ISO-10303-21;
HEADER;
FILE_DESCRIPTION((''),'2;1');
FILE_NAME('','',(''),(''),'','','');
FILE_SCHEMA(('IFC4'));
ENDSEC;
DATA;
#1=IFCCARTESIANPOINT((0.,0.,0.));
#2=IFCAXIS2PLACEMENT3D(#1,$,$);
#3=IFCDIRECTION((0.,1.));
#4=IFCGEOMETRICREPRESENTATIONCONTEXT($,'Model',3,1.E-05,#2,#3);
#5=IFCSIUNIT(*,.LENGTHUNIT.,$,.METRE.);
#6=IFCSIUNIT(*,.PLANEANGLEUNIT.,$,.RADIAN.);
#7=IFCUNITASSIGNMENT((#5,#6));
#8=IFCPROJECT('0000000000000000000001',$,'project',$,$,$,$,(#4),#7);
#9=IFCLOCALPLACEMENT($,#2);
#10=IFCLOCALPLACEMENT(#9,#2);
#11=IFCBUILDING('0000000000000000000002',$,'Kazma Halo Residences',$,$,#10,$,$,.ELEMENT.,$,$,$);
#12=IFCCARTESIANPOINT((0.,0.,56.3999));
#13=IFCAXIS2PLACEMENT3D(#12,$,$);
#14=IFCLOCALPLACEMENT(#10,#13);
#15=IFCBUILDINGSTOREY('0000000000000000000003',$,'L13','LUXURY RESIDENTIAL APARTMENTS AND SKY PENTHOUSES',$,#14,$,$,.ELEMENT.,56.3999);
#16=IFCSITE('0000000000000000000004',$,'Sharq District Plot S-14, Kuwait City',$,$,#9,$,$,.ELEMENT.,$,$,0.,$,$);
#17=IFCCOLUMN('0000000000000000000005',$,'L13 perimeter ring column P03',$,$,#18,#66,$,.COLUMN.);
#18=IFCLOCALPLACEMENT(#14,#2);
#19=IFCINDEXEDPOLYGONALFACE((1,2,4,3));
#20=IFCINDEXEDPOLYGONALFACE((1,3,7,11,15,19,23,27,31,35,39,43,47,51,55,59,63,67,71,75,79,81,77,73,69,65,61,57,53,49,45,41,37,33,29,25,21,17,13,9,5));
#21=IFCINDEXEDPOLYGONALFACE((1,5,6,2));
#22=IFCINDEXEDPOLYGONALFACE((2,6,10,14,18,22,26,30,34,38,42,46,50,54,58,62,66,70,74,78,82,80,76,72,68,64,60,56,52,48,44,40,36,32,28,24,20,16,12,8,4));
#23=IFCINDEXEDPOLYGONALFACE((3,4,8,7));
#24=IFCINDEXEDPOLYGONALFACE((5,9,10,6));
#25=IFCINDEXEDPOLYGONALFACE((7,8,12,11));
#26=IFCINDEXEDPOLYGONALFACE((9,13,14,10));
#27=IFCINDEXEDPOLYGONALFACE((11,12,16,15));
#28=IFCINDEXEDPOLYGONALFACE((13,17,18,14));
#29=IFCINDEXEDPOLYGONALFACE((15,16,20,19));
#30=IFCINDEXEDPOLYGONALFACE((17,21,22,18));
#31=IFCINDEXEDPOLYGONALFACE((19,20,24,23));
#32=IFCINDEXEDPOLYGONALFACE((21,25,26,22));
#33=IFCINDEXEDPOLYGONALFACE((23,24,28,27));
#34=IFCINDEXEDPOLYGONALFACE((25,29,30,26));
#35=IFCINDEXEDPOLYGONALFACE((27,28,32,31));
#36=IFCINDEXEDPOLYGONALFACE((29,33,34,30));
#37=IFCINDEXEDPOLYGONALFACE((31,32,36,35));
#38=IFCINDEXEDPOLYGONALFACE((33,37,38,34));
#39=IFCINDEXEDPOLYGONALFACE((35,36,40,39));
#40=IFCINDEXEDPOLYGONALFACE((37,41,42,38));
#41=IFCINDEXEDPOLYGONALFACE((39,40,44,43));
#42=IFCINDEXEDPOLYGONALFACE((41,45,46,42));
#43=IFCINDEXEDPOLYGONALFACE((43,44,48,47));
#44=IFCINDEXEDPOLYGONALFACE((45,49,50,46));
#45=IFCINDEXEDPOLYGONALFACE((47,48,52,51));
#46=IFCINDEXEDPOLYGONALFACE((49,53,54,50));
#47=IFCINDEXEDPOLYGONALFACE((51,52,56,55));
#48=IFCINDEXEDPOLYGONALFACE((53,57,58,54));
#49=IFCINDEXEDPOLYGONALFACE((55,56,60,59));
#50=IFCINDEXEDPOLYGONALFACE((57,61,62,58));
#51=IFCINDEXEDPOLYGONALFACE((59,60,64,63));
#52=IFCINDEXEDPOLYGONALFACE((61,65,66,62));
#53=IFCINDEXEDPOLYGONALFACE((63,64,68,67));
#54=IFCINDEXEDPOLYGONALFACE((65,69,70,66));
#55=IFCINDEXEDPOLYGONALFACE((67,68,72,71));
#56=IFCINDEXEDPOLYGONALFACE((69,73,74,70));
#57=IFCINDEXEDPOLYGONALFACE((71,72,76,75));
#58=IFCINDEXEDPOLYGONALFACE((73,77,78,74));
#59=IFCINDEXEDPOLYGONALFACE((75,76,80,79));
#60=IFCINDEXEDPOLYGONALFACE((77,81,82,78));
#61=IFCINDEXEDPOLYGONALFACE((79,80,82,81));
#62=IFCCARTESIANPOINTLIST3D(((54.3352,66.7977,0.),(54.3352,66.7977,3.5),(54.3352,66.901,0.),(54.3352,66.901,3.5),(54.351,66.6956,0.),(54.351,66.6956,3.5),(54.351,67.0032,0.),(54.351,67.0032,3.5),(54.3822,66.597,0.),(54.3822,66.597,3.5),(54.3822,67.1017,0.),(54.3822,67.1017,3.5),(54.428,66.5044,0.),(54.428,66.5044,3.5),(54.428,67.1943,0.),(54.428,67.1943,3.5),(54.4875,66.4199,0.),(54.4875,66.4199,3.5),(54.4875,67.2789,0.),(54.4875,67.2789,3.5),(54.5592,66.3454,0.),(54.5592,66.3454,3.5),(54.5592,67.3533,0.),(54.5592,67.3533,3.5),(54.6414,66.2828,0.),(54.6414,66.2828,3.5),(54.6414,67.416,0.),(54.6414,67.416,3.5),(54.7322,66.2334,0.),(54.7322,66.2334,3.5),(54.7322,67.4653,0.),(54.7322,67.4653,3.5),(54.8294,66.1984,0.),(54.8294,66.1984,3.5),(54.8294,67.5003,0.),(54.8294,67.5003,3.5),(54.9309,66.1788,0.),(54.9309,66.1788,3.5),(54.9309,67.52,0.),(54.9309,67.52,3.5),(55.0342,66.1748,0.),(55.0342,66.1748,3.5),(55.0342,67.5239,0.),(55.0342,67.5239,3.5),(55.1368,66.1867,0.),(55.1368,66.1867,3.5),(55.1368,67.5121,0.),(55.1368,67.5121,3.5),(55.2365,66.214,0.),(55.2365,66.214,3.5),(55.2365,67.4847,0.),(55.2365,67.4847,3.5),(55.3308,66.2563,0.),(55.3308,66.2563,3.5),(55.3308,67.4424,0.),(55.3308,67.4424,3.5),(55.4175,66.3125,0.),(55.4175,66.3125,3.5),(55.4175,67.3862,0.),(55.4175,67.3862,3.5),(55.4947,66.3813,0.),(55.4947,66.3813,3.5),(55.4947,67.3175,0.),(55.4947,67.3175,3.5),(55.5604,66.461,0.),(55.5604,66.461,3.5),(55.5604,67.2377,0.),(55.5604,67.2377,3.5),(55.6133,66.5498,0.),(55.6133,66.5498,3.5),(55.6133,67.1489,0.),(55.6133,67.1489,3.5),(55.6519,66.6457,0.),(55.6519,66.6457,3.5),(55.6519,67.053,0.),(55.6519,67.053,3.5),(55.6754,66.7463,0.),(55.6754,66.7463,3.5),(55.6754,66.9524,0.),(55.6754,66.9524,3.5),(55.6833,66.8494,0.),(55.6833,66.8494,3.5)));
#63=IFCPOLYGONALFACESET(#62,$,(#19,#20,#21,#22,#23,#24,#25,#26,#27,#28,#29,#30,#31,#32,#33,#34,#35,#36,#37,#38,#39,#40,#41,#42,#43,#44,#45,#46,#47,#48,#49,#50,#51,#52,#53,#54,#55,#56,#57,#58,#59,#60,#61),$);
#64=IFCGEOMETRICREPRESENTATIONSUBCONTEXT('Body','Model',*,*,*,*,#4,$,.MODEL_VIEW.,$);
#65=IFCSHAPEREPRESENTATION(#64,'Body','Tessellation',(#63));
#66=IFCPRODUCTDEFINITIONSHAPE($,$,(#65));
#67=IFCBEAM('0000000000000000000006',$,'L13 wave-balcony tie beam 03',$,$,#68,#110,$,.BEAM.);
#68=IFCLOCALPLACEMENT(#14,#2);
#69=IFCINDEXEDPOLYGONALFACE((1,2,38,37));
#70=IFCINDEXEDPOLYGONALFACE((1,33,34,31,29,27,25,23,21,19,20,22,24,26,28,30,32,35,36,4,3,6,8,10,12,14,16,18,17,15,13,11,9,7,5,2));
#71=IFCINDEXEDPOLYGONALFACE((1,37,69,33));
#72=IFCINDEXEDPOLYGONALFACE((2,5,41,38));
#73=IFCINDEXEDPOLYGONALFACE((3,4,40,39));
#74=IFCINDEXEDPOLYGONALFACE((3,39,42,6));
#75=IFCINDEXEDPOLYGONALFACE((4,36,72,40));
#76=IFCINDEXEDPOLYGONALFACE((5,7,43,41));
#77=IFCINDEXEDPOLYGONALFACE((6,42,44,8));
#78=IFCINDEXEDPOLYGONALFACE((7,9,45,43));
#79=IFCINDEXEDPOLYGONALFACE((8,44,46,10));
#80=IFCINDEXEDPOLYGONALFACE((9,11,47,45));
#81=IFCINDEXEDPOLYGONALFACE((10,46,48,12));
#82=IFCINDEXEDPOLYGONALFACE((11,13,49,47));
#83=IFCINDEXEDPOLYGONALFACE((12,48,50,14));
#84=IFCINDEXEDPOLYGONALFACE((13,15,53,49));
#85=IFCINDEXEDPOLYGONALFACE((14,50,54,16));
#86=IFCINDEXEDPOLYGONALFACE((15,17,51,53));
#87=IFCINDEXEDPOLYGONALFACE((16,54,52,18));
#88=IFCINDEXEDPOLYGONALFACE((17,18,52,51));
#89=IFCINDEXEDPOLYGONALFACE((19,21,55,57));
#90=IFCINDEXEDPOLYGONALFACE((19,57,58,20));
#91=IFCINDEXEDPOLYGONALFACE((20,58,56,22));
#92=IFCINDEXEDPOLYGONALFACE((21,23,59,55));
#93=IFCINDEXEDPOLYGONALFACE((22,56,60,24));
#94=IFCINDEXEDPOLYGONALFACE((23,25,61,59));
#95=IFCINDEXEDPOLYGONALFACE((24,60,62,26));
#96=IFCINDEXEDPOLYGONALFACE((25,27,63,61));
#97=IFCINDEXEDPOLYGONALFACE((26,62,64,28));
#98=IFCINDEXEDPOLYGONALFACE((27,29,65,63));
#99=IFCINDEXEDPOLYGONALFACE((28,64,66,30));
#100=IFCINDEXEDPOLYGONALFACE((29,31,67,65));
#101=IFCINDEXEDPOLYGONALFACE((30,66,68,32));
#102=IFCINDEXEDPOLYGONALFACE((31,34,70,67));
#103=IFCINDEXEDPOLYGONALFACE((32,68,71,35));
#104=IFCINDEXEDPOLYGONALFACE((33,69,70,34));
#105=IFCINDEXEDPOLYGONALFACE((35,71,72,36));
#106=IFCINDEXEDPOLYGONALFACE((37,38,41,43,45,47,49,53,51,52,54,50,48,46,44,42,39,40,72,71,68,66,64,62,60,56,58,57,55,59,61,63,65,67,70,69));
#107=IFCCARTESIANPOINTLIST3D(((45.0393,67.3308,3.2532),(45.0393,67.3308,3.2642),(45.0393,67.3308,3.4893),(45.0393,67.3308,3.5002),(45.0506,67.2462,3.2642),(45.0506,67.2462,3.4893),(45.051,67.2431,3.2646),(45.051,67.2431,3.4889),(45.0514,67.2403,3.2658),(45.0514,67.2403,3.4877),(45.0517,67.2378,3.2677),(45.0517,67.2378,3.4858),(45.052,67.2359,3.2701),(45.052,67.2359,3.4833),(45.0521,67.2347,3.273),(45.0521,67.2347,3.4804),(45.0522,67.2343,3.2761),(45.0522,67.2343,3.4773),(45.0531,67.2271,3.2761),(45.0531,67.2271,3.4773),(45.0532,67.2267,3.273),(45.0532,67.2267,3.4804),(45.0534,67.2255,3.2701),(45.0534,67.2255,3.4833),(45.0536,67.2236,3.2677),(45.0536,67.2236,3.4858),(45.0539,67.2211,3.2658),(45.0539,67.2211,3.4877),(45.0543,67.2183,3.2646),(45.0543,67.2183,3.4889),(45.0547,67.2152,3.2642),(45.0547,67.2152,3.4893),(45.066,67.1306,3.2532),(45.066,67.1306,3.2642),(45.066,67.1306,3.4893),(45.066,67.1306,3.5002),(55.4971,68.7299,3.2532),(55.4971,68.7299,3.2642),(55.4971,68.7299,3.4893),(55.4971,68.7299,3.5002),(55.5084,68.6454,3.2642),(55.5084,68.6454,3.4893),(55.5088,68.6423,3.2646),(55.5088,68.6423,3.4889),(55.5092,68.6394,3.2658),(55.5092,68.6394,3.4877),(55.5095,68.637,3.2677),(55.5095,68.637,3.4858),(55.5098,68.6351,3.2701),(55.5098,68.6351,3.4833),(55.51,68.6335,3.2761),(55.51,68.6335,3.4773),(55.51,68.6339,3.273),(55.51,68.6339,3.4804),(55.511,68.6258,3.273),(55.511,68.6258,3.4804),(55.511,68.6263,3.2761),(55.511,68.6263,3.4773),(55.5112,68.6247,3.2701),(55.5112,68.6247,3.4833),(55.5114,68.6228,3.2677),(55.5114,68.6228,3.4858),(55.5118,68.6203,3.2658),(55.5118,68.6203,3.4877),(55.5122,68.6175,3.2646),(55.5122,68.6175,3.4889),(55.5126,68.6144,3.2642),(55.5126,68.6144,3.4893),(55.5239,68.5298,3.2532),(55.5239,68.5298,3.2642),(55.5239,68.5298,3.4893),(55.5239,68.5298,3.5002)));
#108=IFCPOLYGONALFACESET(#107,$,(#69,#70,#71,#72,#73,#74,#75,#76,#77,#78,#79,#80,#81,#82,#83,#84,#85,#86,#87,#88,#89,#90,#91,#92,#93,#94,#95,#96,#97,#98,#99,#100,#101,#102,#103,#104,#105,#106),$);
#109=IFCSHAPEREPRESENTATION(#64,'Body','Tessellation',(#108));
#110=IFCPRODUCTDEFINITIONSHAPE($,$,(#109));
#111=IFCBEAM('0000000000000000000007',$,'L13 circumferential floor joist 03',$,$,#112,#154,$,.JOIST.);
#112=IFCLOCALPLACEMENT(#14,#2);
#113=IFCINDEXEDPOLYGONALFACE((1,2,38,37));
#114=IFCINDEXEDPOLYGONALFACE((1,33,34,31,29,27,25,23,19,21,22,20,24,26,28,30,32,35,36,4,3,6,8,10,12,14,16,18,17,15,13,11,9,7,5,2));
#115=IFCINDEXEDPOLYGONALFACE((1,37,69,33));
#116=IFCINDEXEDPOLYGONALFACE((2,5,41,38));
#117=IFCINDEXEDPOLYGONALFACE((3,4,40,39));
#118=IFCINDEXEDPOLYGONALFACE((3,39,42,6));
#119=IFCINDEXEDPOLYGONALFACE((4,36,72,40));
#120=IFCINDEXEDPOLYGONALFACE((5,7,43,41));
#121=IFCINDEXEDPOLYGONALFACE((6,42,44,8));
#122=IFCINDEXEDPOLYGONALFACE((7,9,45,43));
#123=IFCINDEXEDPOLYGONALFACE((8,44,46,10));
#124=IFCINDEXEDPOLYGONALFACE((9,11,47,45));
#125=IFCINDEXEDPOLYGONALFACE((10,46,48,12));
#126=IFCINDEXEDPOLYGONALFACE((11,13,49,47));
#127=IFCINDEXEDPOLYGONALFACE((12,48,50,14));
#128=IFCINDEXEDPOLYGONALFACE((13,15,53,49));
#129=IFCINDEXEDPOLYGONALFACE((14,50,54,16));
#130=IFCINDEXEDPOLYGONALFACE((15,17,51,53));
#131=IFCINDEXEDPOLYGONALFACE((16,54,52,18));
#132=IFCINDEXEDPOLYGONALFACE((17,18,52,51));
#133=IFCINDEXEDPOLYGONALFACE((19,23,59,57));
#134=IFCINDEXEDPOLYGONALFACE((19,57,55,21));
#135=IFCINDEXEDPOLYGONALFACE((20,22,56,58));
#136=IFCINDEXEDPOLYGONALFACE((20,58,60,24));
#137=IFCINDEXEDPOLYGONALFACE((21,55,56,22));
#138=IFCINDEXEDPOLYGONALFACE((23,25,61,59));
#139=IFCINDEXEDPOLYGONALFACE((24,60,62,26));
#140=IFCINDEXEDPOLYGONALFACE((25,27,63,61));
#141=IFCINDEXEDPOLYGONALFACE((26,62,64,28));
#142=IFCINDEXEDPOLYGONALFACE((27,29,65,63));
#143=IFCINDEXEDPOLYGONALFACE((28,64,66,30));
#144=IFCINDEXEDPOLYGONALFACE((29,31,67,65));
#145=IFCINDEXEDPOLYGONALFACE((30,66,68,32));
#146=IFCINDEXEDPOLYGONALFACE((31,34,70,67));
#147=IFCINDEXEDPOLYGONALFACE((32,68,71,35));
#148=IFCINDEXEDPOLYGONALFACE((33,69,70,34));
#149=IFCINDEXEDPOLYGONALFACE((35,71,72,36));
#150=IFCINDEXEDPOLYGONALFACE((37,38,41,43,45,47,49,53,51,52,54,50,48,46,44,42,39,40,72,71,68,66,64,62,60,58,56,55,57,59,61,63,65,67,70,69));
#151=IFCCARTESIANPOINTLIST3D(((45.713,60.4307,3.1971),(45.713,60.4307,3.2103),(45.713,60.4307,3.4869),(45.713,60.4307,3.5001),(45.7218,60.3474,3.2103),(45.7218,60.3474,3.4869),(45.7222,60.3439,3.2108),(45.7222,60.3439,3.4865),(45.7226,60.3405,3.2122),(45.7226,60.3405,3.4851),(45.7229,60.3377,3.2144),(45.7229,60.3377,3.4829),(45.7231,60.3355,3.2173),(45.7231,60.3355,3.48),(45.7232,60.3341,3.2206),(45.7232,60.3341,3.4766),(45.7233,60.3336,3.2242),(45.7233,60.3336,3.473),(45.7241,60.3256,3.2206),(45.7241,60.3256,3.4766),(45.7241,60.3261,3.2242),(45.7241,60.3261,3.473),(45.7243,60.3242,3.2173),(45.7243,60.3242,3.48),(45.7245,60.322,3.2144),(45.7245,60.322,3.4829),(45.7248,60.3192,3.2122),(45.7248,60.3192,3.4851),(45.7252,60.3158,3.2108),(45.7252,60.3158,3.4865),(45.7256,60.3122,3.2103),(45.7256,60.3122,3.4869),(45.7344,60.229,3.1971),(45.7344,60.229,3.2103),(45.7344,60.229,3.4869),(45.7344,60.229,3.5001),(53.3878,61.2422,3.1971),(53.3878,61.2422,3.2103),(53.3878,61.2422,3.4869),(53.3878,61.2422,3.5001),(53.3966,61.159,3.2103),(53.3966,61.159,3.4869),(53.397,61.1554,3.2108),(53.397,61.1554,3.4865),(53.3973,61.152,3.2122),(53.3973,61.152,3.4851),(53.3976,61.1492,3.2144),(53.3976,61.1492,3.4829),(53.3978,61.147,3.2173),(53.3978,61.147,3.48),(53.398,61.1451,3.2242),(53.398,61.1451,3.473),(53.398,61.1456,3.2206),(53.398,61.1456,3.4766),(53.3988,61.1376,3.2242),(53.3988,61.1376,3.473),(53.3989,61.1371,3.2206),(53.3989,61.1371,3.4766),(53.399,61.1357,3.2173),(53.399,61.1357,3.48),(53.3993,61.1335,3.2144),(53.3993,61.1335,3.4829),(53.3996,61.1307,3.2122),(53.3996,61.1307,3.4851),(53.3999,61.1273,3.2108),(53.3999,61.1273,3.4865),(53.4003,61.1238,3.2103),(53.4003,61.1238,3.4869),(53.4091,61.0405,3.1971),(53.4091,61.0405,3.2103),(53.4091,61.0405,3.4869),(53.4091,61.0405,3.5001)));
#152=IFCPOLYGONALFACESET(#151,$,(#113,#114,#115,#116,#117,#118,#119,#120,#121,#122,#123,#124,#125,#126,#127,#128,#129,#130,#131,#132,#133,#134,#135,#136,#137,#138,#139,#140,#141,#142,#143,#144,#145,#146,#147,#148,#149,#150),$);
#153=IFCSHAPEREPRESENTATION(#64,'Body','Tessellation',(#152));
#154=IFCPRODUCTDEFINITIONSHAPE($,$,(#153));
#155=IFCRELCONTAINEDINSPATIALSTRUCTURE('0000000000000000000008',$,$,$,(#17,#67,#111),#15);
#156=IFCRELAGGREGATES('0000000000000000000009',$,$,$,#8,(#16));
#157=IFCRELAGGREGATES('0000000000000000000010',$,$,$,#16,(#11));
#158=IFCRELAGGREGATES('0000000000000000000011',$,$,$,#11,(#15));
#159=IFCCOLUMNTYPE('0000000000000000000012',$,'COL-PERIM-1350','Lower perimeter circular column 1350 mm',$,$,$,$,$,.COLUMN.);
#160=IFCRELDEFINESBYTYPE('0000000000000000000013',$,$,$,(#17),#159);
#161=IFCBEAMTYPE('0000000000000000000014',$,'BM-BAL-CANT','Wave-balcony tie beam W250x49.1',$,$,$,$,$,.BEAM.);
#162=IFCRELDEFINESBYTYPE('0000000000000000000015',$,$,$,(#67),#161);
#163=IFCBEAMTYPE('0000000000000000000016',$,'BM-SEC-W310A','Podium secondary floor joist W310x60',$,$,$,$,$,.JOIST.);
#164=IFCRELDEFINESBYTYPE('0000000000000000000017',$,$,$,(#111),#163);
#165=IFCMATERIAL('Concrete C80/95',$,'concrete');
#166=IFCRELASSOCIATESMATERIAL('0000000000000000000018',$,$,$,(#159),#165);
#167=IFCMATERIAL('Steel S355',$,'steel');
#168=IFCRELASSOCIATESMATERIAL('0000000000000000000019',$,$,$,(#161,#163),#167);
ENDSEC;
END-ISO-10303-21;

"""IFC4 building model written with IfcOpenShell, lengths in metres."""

from ifc_helpers import new_model, si_unit, direction, frame, origin, origin_2d, place, context, subcontext, project, spatial, circle, i_section, extrude, material, material_profile, profile_set, type_object, element, save


model = new_model("IFC4")

# Units and contexts
model_context = context("Model", 3, precision=1e-05, world=origin(), true_north=direction((0.0, 1.0)))
body_context = subcontext(model_context, "Body", "Model", "MODEL_VIEW")
ifc_project = project(units=[si_unit("LENGTHUNIT", "METRE"), si_unit("PLANEANGLEUNIT", "RADIAN")], contexts=[model_context])

# Site, building, storey
site_placement = place(None, origin())
site = spatial("IfcSite", under=ifc_project, at=site_placement, Name="Sharq District Plot S-14, Kuwait City", CompositionType="ELEMENT", RefElevation=0.0)
building_placement = place(site_placement, origin())
building = spatial("IfcBuilding", under=site, at=building_placement, Name="Kazma Halo Residences", CompositionType="ELEMENT")
storey_placement = place(building_placement, frame((0.0, 0.0, 56.3999)))
storey = spatial("IfcBuildingStorey", under=building, at=storey_placement, Name="L13", Description="LUXURY RESIDENTIAL APARTMENTS AND SKY PENTHOUSES", CompositionType="ELEMENT", Elevation=56.3999)

# Column
ifc_material_1 = material(Name="Concrete C80/95", Category="concrete")
ifc_material_profile_1 = material_profile(ifc_material_1, circle(Radius=0.675, at=origin_2d()), Name="CIRC1350")
ifc_profile_set_1 = profile_set([ifc_material_profile_1], Name="Concrete C80/95")
column_type = type_object("IfcColumnType", Name="COL-PERIM-1350", Description="Lower perimeter circular column 1350 mm", PredefinedType="COLUMN", material=ifc_profile_set_1)
column_placement = place(storey_placement, frame((55.0083, 66.8494, 0.0), z_axis=(0.0, 0.0, 1.0), x_axis=(1.0, 0.0, 0.0)))
element("IfcColumn", 1, at=column_placement, inside=storey, type_object=column_type, Name="L13 perimeter ring column P03", PredefinedType="COLUMN", context=body_context, shape_type="SweptSolid", body=[
    extrude(circle(Radius=0.675, at=origin_2d()), origin(), (0.0, 0.0, 1.0), 3.5),
])

# Beams
ifc_material_2 = material(Name="Steel S355", Category="steel")
ifc_material_profile_2 = material_profile(ifc_material_2, i_section(OverallWidth=0.2019, OverallDepth=0.2471, WebThickness=0.0073, FlangeThickness=0.011, FilletRadius=0.012, at=origin_2d()), Name="W250x49.1")
ifc_profile_set_2 = profile_set([ifc_material_profile_2], Name="Steel S355")
beam_type_1 = type_object("IfcBeamType", Name="BM-BAL-CANT", Description="Wave-balcony tie beam W250x49.1", PredefinedType="BEAM", material=ifc_profile_set_2)
beam_1_placement = place(storey_placement, frame((55.5105, 68.6299, 3.3767), z_axis=(-0.991168, -0.132611, 0.0), x_axis=(0.132611, -0.991168, 0.0)))
element("IfcBeam", 2, at=beam_1_placement, inside=storey, type_object=beam_type_1, Name="L13 wave-balcony tie beam 03", PredefinedType="BEAM", context=body_context, shape_type="SweptSolid", body=[
    extrude(i_section(OverallWidth=0.2019, OverallDepth=0.2471, WebThickness=0.0073, FlangeThickness=0.011, FilletRadius=0.012, at=origin_2d()), origin(), (0.0, 0.0, 1.0), 10.551),
])
ifc_material_profile_3 = material_profile(ifc_material_2, i_section(OverallWidth=0.2029, OverallDepth=0.303, WebThickness=0.0076, FlangeThickness=0.0132, FilletRadius=0.0139, at=origin_2d()), Name="W310x60")
ifc_profile_set_3 = profile_set([ifc_material_profile_3], Name="Steel S355")
beam_type_2 = type_object("IfcBeamType", Name="BM-SEC-W310A", Description="Podium secondary floor joist W310x60", PredefinedType="JOIST", material=ifc_profile_set_3)
beam_2_placement = place(storey_placement, frame((53.3984, 61.1414, 3.3486), z_axis=(-0.994456, -0.105152, 0.0), x_axis=(0.105152, -0.994456, 0.0)))
element("IfcBeam", 3, at=beam_2_placement, inside=storey, type_object=beam_type_2, Name="L13 circumferential floor joist 03", PredefinedType="JOIST", context=body_context, shape_type="SweptSolid", body=[
    extrude(i_section(OverallWidth=0.2029, OverallDepth=0.303, WebThickness=0.0076, FlangeThickness=0.0132, FilletRadius=0.0139, at=origin_2d()), origin(), (0.0, 0.0, 1.0), 7.7175),
])

save(model, "model.ifc")
